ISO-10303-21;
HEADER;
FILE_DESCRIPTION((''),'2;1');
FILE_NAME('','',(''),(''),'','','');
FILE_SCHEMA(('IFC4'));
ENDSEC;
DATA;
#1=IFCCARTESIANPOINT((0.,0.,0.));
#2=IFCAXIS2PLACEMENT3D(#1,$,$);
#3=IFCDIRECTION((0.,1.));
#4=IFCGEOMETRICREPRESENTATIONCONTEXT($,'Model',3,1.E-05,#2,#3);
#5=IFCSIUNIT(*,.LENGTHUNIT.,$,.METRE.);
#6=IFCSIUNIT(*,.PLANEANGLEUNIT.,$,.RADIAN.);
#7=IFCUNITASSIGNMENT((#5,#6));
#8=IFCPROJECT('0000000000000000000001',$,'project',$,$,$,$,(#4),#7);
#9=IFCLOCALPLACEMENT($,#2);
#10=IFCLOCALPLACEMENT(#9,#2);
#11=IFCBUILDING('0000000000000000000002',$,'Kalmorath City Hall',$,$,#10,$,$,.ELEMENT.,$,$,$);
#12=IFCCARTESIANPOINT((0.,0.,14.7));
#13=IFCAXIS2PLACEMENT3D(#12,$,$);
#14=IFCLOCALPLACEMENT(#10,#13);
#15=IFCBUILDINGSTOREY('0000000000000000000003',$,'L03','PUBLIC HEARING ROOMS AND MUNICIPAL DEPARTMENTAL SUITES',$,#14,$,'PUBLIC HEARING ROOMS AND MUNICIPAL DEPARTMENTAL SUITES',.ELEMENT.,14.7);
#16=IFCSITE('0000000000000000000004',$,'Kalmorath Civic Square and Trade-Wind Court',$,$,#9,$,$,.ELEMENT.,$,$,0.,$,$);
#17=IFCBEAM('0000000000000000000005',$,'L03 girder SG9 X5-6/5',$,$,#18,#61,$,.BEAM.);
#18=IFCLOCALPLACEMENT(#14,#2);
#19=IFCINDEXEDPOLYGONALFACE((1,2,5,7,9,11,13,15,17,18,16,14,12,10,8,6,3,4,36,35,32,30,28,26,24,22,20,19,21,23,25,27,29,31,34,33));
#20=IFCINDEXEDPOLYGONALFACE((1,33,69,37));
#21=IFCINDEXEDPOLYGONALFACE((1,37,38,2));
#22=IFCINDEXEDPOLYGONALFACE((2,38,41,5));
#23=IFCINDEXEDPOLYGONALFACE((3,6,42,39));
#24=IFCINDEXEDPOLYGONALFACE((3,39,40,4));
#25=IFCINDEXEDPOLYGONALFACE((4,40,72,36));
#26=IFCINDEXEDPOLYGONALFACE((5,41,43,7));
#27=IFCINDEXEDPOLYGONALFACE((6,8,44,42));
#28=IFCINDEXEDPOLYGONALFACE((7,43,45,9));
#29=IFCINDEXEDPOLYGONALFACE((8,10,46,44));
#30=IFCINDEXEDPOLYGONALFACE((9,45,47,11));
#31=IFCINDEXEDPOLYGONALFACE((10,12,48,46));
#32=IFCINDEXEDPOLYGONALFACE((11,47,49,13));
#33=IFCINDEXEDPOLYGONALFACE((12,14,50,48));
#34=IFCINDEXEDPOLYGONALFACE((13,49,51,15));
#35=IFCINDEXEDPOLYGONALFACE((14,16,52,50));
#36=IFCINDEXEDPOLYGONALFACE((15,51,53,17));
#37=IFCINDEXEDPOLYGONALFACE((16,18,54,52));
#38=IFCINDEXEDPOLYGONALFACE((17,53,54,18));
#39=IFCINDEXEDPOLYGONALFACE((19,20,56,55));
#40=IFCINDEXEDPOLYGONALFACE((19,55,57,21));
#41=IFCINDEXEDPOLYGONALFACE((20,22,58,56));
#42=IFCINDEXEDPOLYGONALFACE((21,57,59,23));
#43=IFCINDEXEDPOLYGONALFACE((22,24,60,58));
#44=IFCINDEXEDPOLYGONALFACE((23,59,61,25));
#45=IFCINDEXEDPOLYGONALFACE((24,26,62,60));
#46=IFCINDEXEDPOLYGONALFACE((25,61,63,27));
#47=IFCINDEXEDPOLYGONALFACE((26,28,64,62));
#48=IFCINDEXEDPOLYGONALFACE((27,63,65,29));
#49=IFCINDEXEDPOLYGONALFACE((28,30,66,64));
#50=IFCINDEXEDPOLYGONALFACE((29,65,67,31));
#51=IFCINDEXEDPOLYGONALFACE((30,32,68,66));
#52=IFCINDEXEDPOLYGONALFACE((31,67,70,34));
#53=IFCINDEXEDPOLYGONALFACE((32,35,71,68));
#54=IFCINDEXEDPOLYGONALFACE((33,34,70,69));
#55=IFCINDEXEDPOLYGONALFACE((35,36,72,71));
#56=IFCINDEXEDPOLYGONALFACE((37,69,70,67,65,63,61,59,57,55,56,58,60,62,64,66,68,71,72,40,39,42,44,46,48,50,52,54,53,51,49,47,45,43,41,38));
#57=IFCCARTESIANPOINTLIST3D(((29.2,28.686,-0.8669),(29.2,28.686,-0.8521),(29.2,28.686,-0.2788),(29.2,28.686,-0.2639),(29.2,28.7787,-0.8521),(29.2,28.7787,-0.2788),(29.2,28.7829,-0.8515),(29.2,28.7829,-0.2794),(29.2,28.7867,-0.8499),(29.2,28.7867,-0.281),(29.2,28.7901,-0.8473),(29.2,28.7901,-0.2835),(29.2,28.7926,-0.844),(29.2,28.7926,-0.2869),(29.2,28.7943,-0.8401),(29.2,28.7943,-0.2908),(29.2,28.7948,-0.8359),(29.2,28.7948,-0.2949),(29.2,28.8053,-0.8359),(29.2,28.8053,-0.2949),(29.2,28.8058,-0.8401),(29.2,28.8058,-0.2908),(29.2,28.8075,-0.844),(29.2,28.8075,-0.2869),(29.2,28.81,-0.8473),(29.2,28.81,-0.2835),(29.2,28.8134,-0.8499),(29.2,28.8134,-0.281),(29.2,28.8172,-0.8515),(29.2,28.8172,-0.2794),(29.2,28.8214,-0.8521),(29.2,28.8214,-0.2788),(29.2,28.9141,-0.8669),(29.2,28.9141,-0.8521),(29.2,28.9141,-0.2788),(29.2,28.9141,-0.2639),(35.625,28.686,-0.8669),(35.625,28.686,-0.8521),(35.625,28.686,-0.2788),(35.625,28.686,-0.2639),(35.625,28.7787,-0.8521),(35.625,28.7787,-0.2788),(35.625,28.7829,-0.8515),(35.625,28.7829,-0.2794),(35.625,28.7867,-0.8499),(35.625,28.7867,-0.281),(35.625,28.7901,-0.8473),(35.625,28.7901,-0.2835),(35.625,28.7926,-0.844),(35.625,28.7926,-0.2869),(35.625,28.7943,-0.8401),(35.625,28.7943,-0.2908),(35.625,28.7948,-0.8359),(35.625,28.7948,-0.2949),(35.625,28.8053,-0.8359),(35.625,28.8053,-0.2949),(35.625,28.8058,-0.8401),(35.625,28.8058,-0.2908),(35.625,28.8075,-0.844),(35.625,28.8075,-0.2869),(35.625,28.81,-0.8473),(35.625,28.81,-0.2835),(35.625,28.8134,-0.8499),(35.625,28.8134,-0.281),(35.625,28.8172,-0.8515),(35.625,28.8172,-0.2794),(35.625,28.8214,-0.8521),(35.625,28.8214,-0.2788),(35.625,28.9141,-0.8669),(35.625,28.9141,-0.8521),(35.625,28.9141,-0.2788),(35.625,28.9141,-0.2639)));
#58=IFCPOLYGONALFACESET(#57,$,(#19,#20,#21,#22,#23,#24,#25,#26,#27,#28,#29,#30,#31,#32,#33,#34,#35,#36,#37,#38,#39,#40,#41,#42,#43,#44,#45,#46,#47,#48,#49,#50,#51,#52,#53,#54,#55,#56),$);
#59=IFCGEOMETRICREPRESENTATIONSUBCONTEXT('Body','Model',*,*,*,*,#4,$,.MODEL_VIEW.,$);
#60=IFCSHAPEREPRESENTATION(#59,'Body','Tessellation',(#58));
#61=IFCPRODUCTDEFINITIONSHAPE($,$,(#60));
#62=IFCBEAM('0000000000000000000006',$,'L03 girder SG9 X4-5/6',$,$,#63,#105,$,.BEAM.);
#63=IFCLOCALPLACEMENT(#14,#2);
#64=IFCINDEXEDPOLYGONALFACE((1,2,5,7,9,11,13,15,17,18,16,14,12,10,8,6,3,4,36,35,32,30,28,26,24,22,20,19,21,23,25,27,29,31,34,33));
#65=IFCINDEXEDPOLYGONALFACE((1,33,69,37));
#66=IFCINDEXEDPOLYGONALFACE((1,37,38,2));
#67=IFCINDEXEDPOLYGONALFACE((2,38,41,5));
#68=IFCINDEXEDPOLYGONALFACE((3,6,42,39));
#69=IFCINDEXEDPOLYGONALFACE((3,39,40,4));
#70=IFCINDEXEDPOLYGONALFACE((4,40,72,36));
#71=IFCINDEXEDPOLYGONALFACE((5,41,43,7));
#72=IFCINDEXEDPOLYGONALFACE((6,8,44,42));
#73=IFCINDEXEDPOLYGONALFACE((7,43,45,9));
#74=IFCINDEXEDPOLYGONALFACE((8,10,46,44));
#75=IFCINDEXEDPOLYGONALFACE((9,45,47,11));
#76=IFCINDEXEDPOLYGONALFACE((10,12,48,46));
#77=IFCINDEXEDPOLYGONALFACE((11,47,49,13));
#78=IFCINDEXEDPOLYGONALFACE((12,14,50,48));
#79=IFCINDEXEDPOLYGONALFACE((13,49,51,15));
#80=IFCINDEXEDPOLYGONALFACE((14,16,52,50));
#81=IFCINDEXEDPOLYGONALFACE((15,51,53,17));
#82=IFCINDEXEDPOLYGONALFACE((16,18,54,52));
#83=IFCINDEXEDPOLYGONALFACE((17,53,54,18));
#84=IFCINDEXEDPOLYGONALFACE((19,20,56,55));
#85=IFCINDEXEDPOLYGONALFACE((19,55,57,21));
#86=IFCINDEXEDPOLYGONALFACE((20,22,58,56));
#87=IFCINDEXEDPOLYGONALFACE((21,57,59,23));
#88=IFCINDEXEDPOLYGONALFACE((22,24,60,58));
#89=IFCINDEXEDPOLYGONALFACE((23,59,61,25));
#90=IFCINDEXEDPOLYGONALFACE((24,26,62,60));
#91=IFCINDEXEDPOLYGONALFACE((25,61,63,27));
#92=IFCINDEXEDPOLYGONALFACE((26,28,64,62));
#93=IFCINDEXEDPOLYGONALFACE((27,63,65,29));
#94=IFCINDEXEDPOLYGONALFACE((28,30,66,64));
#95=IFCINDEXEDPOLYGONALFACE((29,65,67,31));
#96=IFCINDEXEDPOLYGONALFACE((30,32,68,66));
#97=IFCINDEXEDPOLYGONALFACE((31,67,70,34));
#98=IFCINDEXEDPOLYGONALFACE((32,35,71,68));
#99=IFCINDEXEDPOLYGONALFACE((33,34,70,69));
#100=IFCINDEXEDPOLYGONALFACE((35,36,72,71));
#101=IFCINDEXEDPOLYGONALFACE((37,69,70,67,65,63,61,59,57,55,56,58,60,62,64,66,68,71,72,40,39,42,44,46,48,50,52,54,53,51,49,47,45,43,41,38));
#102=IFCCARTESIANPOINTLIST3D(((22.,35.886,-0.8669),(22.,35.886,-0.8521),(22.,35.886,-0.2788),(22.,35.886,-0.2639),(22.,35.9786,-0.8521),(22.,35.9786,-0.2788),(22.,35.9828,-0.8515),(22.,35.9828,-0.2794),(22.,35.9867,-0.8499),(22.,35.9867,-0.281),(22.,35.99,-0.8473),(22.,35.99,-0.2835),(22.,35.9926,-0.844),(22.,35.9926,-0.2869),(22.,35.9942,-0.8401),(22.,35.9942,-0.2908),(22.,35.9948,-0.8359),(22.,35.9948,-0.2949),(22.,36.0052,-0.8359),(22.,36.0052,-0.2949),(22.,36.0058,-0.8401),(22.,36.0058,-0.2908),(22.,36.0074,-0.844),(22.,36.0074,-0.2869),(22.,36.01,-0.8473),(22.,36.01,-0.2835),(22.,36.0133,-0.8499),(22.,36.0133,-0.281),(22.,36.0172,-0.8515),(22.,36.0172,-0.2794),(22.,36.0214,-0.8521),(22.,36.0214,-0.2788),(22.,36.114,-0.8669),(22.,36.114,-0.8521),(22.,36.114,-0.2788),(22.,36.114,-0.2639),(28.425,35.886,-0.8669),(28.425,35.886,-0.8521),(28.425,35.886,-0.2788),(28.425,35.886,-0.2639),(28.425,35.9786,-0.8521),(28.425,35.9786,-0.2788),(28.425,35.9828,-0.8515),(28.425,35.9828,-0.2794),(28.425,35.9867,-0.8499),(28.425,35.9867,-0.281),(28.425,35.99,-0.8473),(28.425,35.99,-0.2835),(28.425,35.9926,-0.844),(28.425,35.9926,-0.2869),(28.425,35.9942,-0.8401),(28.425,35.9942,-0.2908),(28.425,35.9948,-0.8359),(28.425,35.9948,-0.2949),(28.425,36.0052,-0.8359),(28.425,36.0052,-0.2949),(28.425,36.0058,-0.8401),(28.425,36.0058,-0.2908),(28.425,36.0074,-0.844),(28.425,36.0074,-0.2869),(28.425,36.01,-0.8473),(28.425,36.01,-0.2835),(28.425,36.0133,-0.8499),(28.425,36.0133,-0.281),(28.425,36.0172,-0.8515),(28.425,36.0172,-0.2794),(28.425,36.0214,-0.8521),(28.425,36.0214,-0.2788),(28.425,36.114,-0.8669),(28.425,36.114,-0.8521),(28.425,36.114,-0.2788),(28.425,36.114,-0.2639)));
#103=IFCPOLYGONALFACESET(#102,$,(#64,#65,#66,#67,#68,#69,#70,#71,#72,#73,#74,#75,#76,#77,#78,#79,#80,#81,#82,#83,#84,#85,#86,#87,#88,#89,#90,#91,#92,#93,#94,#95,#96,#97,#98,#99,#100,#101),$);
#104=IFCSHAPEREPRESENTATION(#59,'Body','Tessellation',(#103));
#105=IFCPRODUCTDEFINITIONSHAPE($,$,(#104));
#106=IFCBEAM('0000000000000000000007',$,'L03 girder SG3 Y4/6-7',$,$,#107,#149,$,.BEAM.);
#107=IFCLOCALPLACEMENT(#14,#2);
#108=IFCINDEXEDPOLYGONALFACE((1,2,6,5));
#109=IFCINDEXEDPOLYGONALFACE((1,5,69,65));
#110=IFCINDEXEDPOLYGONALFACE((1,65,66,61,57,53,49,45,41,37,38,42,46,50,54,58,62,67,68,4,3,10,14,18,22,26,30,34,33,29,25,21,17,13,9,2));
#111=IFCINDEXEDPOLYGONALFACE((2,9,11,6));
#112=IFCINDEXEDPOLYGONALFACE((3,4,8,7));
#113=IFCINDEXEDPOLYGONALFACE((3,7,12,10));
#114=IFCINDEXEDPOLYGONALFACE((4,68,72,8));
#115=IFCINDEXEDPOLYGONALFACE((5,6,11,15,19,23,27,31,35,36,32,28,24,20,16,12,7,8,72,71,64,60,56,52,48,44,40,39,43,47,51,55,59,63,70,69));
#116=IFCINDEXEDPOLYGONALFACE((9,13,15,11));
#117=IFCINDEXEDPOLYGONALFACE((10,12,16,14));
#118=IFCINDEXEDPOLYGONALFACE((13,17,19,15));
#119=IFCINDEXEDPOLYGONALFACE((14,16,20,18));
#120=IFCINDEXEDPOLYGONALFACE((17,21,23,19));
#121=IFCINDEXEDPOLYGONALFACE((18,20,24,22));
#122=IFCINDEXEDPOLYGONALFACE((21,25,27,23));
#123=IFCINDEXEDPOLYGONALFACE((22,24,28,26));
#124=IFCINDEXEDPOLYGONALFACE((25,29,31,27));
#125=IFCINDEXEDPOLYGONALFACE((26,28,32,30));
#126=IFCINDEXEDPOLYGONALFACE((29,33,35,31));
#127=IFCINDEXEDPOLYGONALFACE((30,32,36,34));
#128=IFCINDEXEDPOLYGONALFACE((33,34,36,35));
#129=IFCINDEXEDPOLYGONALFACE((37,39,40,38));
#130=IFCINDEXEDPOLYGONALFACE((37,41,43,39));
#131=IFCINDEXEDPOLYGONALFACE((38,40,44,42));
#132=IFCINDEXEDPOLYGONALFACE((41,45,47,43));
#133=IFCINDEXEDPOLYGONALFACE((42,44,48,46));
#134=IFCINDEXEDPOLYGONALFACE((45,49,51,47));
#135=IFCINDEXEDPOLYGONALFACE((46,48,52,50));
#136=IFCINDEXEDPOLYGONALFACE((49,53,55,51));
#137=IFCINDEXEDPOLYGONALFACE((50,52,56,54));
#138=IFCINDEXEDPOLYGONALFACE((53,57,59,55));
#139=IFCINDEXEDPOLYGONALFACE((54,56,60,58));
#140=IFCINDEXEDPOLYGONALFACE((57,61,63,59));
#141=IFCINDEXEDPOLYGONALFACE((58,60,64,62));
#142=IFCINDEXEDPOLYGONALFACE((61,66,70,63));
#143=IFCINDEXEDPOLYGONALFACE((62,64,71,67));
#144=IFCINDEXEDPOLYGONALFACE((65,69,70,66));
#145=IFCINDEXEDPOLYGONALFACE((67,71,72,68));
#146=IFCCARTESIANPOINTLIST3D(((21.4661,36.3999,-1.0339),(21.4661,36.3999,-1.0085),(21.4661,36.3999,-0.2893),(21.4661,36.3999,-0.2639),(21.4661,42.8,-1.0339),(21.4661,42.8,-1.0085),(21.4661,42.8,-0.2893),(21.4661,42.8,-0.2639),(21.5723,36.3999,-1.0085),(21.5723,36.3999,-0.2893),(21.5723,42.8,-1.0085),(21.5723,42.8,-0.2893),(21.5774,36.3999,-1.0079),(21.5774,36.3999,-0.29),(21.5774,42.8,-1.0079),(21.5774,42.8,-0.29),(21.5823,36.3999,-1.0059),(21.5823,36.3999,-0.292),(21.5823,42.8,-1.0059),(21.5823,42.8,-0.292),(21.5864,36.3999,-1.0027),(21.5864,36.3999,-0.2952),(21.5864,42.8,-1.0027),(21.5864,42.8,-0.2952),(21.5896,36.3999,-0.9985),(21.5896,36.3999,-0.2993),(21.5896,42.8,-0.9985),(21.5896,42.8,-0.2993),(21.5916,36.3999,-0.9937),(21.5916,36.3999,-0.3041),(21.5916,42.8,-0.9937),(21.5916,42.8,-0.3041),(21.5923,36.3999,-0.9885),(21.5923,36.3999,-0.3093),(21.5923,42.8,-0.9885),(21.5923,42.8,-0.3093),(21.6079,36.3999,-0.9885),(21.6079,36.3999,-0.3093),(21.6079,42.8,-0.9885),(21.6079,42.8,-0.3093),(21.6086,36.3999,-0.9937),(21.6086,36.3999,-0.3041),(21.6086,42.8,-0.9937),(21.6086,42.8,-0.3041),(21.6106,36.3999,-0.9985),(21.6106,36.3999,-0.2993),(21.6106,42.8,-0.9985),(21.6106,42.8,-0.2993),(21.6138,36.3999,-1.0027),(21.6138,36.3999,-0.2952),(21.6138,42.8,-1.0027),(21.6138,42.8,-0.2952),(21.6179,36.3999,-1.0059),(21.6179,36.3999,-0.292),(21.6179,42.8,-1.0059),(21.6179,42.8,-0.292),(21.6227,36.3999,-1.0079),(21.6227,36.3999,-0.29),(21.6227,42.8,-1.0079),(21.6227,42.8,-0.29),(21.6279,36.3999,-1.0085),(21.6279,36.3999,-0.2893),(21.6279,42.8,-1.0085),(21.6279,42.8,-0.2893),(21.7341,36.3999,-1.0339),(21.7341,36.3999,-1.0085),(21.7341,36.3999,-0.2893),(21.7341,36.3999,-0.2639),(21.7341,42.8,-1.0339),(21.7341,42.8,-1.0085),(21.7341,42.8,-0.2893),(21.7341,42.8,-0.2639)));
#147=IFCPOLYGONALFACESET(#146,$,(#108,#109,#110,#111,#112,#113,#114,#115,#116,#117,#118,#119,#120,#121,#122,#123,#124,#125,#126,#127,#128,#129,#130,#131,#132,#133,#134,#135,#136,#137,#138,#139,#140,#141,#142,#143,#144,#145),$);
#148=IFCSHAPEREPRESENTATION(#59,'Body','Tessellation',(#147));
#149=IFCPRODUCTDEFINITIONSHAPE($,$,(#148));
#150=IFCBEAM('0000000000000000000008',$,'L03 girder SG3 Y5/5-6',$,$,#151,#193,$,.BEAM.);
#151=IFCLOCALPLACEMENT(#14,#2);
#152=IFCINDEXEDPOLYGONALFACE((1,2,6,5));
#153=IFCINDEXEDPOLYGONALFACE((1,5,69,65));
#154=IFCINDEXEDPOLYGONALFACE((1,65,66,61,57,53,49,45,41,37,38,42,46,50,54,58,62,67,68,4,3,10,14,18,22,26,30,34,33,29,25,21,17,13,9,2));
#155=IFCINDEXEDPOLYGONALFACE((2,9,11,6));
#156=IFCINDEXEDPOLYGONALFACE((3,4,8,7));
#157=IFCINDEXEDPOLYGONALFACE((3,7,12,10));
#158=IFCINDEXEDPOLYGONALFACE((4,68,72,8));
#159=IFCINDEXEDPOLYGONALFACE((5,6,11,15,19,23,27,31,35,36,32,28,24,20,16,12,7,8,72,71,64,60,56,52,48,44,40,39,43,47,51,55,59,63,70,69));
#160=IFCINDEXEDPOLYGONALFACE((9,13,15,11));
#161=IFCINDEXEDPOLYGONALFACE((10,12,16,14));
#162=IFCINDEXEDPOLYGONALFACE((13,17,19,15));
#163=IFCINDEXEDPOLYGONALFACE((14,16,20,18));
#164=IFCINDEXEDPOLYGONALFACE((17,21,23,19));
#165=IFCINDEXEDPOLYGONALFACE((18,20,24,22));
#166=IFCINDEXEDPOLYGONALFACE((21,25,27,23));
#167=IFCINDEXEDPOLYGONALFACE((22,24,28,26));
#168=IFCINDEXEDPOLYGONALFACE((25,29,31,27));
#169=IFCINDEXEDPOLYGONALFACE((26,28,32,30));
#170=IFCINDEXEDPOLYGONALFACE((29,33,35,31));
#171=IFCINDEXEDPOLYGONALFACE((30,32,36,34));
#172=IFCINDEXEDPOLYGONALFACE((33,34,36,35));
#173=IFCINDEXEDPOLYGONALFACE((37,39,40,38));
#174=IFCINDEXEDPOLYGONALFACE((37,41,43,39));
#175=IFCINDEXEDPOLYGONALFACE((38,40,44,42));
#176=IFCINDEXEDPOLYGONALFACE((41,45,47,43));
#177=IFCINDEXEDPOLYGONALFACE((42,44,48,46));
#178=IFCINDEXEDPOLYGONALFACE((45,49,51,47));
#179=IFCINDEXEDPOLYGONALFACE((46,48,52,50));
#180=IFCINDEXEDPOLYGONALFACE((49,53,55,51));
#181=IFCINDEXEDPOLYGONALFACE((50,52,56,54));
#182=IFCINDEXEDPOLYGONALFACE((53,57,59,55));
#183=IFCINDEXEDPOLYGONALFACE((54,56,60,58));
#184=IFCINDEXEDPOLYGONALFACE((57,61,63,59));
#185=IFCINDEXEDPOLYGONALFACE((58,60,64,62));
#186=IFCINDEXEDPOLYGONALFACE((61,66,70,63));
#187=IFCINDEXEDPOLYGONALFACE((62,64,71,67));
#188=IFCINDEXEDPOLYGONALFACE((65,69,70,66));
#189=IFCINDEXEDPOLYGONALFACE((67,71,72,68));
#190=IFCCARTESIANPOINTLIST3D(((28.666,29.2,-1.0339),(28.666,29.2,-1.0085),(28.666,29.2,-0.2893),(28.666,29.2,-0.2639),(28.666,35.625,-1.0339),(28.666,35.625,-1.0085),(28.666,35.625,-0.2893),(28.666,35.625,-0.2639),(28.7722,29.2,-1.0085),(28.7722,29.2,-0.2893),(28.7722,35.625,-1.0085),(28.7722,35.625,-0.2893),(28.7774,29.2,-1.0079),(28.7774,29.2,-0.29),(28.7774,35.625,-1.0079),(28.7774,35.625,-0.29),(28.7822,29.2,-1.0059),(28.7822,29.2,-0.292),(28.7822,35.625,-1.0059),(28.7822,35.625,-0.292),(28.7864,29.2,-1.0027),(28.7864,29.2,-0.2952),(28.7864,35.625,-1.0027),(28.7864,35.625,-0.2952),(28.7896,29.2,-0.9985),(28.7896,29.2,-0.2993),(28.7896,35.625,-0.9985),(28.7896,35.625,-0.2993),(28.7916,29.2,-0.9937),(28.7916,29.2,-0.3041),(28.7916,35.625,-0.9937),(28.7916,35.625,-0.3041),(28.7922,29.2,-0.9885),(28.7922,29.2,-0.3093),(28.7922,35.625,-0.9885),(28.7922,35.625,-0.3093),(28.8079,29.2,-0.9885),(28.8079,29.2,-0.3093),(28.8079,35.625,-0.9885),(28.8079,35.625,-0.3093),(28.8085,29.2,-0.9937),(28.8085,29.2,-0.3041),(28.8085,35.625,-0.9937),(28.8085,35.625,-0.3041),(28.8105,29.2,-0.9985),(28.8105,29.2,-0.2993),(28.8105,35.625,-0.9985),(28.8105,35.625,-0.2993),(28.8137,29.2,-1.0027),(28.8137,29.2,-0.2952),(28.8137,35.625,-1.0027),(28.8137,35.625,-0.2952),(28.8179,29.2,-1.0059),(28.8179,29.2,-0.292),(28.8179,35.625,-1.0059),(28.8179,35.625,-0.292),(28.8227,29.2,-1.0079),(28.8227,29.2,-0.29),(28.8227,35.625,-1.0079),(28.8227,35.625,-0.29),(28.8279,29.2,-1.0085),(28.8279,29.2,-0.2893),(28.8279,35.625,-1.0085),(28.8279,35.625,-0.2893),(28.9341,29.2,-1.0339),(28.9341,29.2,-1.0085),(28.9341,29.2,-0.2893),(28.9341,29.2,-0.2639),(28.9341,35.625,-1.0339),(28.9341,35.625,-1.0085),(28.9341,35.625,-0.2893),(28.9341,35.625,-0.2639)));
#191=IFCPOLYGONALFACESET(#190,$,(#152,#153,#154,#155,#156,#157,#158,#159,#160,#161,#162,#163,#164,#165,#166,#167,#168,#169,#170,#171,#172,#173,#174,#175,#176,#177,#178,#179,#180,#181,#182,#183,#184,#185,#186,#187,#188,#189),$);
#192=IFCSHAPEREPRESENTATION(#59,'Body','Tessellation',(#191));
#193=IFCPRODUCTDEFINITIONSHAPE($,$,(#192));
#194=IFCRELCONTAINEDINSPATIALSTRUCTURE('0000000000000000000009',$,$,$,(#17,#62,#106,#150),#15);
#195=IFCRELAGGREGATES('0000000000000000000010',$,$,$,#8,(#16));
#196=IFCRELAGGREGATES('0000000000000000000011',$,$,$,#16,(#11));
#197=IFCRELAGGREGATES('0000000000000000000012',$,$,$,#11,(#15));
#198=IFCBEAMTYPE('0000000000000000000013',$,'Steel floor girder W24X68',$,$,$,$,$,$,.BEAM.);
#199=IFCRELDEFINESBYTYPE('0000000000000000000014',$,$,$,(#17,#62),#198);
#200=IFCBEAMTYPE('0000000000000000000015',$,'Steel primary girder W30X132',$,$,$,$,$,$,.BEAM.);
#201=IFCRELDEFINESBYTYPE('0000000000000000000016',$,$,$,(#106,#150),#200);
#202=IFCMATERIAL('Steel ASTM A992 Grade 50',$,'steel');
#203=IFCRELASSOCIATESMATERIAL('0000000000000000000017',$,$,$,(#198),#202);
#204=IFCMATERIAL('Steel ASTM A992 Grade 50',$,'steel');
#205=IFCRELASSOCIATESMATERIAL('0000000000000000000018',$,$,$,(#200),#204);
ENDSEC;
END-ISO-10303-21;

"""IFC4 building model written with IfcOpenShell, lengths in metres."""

from ifc_helpers import new_model, si_unit, direction, frame, origin, origin_2d, place, context, subcontext, project, spatial, i_section, extrude, material, material_profile, profile_set, type_object, element, save


model = new_model("IFC4")

# Units and contexts
model_context = context("Model", 3, precision=1e-05, world=origin(), true_north=direction((0.0, 1.0)))
body_context = subcontext(model_context, "Body", "Model", "MODEL_VIEW")
ifc_project = project(units=[si_unit("LENGTHUNIT", "METRE"), si_unit("PLANEANGLEUNIT", "RADIAN")], contexts=[model_context])

# Site, building, storey
site_placement = place(None, origin())
site = spatial("IfcSite", under=ifc_project, at=site_placement, Name="Kalmorath Civic Square and Trade-Wind Court", CompositionType="ELEMENT", RefElevation=0.0)
building_placement = place(site_placement, origin())
building = spatial("IfcBuilding", under=site, at=building_placement, Name="Kalmorath City Hall", CompositionType="ELEMENT")
storey_placement = place(building_placement, frame((0.0, 0.0, 14.7)))
storey = spatial("IfcBuildingStorey", under=building, at=storey_placement, Name="L03", Description="PUBLIC HEARING ROOMS AND MUNICIPAL DEPARTMENTAL SUITES", LongName="PUBLIC HEARING ROOMS AND MUNICIPAL DEPARTMENTAL SUITES", CompositionType="ELEMENT", Elevation=14.7)

# Beams
ifc_material_1 = material(Name="Steel ASTM A992 Grade 50", Category="steel")
ifc_material_profile_1 = material_profile(ifc_material_1, i_section(OverallWidth=0.228, OverallDepth=0.603, WebThickness=0.0105, FlangeThickness=0.0149, FilletRadius=0.0161, at=origin_2d()), Name="W24X68")
ifc_profile_set_1 = profile_set([ifc_material_profile_1], Name="Steel ASTM A992 Grade 50")
beam_type_1 = type_object("IfcBeamType", Name="Steel floor girder W24X68", PredefinedType="BEAM", material=ifc_profile_set_1)
for number, where, z_axis, x_axis, name in (
    (1, (29.2, 28.8, -0.5654), (1.0, 0.0, 0.0), (0.0, 1.0, 0.0), "L03 girder SG9 X5-6/5"),
    (2, (22.0, 36.0, -0.5654), (1.0, 0.0, 0.0), (0.0, 1.0, 0.0), "L03 girder SG9 X4-5/6"),
):
    element("IfcBeam", number, at=place(storey_placement, frame(where, z_axis=z_axis, x_axis=x_axis)), inside=storey, type_object=beam_type_1, Name=name, PredefinedType="BEAM", context=body_context, shape_type="SweptSolid", body=[
        extrude(i_section(OverallWidth=0.228, OverallDepth=0.603, WebThickness=0.0105, FlangeThickness=0.0149, FilletRadius=0.0161, at=origin_2d()), origin(), (0.0, 0.0, 1.0), 6.425),
    ])
ifc_material_2 = material(Name="Steel ASTM A992 Grade 50", Category="steel")
ifc_material_profile_2 = material_profile(ifc_material_2, i_section(OverallWidth=0.2681, OverallDepth=0.77, WebThickness=0.0156, FlangeThickness=0.0254, FilletRadius=0.02, at=origin_2d()), Name="W30X132")
ifc_profile_set_2 = profile_set([ifc_material_profile_2], Name="Steel ASTM A992 Grade 50")
beam_type_2 = type_object("IfcBeamType", Name="Steel primary girder W30X132", PredefinedType="BEAM", material=ifc_profile_set_2)
beam_1_placement = place(storey_placement, frame((21.6001, 36.3999, -0.6489), z_axis=(0.0, 1.0, 0.0), x_axis=(-1.0, 0.0, 0.0)))
element("IfcBeam", 3, at=beam_1_placement, inside=storey, type_object=beam_type_2, Name="L03 girder SG3 Y4/6-7", PredefinedType="BEAM", context=body_context, shape_type="SweptSolid", body=[
    extrude(i_section(OverallWidth=0.2681, OverallDepth=0.77, WebThickness=0.0156, FlangeThickness=0.0254, FilletRadius=0.02, at=origin_2d()), origin(), (0.0, 0.0, 1.0), 6.4001),
])
beam_2_placement = place(storey_placement, frame((28.8, 29.2, -0.6489), z_axis=(0.0, 1.0, 0.0), x_axis=(-1.0, 0.0, 0.0)))
element("IfcBeam", 4, at=beam_2_placement, inside=storey, type_object=beam_type_2, Name="L03 girder SG3 Y5/5-6", PredefinedType="BEAM", context=body_context, shape_type="SweptSolid", body=[
    extrude(i_section(OverallWidth=0.2681, OverallDepth=0.77, WebThickness=0.0156, FlangeThickness=0.0254, FilletRadius=0.02, at=origin_2d()), origin(), (0.0, 0.0, 1.0), 6.425),
])

save(model, "model.ifc")
